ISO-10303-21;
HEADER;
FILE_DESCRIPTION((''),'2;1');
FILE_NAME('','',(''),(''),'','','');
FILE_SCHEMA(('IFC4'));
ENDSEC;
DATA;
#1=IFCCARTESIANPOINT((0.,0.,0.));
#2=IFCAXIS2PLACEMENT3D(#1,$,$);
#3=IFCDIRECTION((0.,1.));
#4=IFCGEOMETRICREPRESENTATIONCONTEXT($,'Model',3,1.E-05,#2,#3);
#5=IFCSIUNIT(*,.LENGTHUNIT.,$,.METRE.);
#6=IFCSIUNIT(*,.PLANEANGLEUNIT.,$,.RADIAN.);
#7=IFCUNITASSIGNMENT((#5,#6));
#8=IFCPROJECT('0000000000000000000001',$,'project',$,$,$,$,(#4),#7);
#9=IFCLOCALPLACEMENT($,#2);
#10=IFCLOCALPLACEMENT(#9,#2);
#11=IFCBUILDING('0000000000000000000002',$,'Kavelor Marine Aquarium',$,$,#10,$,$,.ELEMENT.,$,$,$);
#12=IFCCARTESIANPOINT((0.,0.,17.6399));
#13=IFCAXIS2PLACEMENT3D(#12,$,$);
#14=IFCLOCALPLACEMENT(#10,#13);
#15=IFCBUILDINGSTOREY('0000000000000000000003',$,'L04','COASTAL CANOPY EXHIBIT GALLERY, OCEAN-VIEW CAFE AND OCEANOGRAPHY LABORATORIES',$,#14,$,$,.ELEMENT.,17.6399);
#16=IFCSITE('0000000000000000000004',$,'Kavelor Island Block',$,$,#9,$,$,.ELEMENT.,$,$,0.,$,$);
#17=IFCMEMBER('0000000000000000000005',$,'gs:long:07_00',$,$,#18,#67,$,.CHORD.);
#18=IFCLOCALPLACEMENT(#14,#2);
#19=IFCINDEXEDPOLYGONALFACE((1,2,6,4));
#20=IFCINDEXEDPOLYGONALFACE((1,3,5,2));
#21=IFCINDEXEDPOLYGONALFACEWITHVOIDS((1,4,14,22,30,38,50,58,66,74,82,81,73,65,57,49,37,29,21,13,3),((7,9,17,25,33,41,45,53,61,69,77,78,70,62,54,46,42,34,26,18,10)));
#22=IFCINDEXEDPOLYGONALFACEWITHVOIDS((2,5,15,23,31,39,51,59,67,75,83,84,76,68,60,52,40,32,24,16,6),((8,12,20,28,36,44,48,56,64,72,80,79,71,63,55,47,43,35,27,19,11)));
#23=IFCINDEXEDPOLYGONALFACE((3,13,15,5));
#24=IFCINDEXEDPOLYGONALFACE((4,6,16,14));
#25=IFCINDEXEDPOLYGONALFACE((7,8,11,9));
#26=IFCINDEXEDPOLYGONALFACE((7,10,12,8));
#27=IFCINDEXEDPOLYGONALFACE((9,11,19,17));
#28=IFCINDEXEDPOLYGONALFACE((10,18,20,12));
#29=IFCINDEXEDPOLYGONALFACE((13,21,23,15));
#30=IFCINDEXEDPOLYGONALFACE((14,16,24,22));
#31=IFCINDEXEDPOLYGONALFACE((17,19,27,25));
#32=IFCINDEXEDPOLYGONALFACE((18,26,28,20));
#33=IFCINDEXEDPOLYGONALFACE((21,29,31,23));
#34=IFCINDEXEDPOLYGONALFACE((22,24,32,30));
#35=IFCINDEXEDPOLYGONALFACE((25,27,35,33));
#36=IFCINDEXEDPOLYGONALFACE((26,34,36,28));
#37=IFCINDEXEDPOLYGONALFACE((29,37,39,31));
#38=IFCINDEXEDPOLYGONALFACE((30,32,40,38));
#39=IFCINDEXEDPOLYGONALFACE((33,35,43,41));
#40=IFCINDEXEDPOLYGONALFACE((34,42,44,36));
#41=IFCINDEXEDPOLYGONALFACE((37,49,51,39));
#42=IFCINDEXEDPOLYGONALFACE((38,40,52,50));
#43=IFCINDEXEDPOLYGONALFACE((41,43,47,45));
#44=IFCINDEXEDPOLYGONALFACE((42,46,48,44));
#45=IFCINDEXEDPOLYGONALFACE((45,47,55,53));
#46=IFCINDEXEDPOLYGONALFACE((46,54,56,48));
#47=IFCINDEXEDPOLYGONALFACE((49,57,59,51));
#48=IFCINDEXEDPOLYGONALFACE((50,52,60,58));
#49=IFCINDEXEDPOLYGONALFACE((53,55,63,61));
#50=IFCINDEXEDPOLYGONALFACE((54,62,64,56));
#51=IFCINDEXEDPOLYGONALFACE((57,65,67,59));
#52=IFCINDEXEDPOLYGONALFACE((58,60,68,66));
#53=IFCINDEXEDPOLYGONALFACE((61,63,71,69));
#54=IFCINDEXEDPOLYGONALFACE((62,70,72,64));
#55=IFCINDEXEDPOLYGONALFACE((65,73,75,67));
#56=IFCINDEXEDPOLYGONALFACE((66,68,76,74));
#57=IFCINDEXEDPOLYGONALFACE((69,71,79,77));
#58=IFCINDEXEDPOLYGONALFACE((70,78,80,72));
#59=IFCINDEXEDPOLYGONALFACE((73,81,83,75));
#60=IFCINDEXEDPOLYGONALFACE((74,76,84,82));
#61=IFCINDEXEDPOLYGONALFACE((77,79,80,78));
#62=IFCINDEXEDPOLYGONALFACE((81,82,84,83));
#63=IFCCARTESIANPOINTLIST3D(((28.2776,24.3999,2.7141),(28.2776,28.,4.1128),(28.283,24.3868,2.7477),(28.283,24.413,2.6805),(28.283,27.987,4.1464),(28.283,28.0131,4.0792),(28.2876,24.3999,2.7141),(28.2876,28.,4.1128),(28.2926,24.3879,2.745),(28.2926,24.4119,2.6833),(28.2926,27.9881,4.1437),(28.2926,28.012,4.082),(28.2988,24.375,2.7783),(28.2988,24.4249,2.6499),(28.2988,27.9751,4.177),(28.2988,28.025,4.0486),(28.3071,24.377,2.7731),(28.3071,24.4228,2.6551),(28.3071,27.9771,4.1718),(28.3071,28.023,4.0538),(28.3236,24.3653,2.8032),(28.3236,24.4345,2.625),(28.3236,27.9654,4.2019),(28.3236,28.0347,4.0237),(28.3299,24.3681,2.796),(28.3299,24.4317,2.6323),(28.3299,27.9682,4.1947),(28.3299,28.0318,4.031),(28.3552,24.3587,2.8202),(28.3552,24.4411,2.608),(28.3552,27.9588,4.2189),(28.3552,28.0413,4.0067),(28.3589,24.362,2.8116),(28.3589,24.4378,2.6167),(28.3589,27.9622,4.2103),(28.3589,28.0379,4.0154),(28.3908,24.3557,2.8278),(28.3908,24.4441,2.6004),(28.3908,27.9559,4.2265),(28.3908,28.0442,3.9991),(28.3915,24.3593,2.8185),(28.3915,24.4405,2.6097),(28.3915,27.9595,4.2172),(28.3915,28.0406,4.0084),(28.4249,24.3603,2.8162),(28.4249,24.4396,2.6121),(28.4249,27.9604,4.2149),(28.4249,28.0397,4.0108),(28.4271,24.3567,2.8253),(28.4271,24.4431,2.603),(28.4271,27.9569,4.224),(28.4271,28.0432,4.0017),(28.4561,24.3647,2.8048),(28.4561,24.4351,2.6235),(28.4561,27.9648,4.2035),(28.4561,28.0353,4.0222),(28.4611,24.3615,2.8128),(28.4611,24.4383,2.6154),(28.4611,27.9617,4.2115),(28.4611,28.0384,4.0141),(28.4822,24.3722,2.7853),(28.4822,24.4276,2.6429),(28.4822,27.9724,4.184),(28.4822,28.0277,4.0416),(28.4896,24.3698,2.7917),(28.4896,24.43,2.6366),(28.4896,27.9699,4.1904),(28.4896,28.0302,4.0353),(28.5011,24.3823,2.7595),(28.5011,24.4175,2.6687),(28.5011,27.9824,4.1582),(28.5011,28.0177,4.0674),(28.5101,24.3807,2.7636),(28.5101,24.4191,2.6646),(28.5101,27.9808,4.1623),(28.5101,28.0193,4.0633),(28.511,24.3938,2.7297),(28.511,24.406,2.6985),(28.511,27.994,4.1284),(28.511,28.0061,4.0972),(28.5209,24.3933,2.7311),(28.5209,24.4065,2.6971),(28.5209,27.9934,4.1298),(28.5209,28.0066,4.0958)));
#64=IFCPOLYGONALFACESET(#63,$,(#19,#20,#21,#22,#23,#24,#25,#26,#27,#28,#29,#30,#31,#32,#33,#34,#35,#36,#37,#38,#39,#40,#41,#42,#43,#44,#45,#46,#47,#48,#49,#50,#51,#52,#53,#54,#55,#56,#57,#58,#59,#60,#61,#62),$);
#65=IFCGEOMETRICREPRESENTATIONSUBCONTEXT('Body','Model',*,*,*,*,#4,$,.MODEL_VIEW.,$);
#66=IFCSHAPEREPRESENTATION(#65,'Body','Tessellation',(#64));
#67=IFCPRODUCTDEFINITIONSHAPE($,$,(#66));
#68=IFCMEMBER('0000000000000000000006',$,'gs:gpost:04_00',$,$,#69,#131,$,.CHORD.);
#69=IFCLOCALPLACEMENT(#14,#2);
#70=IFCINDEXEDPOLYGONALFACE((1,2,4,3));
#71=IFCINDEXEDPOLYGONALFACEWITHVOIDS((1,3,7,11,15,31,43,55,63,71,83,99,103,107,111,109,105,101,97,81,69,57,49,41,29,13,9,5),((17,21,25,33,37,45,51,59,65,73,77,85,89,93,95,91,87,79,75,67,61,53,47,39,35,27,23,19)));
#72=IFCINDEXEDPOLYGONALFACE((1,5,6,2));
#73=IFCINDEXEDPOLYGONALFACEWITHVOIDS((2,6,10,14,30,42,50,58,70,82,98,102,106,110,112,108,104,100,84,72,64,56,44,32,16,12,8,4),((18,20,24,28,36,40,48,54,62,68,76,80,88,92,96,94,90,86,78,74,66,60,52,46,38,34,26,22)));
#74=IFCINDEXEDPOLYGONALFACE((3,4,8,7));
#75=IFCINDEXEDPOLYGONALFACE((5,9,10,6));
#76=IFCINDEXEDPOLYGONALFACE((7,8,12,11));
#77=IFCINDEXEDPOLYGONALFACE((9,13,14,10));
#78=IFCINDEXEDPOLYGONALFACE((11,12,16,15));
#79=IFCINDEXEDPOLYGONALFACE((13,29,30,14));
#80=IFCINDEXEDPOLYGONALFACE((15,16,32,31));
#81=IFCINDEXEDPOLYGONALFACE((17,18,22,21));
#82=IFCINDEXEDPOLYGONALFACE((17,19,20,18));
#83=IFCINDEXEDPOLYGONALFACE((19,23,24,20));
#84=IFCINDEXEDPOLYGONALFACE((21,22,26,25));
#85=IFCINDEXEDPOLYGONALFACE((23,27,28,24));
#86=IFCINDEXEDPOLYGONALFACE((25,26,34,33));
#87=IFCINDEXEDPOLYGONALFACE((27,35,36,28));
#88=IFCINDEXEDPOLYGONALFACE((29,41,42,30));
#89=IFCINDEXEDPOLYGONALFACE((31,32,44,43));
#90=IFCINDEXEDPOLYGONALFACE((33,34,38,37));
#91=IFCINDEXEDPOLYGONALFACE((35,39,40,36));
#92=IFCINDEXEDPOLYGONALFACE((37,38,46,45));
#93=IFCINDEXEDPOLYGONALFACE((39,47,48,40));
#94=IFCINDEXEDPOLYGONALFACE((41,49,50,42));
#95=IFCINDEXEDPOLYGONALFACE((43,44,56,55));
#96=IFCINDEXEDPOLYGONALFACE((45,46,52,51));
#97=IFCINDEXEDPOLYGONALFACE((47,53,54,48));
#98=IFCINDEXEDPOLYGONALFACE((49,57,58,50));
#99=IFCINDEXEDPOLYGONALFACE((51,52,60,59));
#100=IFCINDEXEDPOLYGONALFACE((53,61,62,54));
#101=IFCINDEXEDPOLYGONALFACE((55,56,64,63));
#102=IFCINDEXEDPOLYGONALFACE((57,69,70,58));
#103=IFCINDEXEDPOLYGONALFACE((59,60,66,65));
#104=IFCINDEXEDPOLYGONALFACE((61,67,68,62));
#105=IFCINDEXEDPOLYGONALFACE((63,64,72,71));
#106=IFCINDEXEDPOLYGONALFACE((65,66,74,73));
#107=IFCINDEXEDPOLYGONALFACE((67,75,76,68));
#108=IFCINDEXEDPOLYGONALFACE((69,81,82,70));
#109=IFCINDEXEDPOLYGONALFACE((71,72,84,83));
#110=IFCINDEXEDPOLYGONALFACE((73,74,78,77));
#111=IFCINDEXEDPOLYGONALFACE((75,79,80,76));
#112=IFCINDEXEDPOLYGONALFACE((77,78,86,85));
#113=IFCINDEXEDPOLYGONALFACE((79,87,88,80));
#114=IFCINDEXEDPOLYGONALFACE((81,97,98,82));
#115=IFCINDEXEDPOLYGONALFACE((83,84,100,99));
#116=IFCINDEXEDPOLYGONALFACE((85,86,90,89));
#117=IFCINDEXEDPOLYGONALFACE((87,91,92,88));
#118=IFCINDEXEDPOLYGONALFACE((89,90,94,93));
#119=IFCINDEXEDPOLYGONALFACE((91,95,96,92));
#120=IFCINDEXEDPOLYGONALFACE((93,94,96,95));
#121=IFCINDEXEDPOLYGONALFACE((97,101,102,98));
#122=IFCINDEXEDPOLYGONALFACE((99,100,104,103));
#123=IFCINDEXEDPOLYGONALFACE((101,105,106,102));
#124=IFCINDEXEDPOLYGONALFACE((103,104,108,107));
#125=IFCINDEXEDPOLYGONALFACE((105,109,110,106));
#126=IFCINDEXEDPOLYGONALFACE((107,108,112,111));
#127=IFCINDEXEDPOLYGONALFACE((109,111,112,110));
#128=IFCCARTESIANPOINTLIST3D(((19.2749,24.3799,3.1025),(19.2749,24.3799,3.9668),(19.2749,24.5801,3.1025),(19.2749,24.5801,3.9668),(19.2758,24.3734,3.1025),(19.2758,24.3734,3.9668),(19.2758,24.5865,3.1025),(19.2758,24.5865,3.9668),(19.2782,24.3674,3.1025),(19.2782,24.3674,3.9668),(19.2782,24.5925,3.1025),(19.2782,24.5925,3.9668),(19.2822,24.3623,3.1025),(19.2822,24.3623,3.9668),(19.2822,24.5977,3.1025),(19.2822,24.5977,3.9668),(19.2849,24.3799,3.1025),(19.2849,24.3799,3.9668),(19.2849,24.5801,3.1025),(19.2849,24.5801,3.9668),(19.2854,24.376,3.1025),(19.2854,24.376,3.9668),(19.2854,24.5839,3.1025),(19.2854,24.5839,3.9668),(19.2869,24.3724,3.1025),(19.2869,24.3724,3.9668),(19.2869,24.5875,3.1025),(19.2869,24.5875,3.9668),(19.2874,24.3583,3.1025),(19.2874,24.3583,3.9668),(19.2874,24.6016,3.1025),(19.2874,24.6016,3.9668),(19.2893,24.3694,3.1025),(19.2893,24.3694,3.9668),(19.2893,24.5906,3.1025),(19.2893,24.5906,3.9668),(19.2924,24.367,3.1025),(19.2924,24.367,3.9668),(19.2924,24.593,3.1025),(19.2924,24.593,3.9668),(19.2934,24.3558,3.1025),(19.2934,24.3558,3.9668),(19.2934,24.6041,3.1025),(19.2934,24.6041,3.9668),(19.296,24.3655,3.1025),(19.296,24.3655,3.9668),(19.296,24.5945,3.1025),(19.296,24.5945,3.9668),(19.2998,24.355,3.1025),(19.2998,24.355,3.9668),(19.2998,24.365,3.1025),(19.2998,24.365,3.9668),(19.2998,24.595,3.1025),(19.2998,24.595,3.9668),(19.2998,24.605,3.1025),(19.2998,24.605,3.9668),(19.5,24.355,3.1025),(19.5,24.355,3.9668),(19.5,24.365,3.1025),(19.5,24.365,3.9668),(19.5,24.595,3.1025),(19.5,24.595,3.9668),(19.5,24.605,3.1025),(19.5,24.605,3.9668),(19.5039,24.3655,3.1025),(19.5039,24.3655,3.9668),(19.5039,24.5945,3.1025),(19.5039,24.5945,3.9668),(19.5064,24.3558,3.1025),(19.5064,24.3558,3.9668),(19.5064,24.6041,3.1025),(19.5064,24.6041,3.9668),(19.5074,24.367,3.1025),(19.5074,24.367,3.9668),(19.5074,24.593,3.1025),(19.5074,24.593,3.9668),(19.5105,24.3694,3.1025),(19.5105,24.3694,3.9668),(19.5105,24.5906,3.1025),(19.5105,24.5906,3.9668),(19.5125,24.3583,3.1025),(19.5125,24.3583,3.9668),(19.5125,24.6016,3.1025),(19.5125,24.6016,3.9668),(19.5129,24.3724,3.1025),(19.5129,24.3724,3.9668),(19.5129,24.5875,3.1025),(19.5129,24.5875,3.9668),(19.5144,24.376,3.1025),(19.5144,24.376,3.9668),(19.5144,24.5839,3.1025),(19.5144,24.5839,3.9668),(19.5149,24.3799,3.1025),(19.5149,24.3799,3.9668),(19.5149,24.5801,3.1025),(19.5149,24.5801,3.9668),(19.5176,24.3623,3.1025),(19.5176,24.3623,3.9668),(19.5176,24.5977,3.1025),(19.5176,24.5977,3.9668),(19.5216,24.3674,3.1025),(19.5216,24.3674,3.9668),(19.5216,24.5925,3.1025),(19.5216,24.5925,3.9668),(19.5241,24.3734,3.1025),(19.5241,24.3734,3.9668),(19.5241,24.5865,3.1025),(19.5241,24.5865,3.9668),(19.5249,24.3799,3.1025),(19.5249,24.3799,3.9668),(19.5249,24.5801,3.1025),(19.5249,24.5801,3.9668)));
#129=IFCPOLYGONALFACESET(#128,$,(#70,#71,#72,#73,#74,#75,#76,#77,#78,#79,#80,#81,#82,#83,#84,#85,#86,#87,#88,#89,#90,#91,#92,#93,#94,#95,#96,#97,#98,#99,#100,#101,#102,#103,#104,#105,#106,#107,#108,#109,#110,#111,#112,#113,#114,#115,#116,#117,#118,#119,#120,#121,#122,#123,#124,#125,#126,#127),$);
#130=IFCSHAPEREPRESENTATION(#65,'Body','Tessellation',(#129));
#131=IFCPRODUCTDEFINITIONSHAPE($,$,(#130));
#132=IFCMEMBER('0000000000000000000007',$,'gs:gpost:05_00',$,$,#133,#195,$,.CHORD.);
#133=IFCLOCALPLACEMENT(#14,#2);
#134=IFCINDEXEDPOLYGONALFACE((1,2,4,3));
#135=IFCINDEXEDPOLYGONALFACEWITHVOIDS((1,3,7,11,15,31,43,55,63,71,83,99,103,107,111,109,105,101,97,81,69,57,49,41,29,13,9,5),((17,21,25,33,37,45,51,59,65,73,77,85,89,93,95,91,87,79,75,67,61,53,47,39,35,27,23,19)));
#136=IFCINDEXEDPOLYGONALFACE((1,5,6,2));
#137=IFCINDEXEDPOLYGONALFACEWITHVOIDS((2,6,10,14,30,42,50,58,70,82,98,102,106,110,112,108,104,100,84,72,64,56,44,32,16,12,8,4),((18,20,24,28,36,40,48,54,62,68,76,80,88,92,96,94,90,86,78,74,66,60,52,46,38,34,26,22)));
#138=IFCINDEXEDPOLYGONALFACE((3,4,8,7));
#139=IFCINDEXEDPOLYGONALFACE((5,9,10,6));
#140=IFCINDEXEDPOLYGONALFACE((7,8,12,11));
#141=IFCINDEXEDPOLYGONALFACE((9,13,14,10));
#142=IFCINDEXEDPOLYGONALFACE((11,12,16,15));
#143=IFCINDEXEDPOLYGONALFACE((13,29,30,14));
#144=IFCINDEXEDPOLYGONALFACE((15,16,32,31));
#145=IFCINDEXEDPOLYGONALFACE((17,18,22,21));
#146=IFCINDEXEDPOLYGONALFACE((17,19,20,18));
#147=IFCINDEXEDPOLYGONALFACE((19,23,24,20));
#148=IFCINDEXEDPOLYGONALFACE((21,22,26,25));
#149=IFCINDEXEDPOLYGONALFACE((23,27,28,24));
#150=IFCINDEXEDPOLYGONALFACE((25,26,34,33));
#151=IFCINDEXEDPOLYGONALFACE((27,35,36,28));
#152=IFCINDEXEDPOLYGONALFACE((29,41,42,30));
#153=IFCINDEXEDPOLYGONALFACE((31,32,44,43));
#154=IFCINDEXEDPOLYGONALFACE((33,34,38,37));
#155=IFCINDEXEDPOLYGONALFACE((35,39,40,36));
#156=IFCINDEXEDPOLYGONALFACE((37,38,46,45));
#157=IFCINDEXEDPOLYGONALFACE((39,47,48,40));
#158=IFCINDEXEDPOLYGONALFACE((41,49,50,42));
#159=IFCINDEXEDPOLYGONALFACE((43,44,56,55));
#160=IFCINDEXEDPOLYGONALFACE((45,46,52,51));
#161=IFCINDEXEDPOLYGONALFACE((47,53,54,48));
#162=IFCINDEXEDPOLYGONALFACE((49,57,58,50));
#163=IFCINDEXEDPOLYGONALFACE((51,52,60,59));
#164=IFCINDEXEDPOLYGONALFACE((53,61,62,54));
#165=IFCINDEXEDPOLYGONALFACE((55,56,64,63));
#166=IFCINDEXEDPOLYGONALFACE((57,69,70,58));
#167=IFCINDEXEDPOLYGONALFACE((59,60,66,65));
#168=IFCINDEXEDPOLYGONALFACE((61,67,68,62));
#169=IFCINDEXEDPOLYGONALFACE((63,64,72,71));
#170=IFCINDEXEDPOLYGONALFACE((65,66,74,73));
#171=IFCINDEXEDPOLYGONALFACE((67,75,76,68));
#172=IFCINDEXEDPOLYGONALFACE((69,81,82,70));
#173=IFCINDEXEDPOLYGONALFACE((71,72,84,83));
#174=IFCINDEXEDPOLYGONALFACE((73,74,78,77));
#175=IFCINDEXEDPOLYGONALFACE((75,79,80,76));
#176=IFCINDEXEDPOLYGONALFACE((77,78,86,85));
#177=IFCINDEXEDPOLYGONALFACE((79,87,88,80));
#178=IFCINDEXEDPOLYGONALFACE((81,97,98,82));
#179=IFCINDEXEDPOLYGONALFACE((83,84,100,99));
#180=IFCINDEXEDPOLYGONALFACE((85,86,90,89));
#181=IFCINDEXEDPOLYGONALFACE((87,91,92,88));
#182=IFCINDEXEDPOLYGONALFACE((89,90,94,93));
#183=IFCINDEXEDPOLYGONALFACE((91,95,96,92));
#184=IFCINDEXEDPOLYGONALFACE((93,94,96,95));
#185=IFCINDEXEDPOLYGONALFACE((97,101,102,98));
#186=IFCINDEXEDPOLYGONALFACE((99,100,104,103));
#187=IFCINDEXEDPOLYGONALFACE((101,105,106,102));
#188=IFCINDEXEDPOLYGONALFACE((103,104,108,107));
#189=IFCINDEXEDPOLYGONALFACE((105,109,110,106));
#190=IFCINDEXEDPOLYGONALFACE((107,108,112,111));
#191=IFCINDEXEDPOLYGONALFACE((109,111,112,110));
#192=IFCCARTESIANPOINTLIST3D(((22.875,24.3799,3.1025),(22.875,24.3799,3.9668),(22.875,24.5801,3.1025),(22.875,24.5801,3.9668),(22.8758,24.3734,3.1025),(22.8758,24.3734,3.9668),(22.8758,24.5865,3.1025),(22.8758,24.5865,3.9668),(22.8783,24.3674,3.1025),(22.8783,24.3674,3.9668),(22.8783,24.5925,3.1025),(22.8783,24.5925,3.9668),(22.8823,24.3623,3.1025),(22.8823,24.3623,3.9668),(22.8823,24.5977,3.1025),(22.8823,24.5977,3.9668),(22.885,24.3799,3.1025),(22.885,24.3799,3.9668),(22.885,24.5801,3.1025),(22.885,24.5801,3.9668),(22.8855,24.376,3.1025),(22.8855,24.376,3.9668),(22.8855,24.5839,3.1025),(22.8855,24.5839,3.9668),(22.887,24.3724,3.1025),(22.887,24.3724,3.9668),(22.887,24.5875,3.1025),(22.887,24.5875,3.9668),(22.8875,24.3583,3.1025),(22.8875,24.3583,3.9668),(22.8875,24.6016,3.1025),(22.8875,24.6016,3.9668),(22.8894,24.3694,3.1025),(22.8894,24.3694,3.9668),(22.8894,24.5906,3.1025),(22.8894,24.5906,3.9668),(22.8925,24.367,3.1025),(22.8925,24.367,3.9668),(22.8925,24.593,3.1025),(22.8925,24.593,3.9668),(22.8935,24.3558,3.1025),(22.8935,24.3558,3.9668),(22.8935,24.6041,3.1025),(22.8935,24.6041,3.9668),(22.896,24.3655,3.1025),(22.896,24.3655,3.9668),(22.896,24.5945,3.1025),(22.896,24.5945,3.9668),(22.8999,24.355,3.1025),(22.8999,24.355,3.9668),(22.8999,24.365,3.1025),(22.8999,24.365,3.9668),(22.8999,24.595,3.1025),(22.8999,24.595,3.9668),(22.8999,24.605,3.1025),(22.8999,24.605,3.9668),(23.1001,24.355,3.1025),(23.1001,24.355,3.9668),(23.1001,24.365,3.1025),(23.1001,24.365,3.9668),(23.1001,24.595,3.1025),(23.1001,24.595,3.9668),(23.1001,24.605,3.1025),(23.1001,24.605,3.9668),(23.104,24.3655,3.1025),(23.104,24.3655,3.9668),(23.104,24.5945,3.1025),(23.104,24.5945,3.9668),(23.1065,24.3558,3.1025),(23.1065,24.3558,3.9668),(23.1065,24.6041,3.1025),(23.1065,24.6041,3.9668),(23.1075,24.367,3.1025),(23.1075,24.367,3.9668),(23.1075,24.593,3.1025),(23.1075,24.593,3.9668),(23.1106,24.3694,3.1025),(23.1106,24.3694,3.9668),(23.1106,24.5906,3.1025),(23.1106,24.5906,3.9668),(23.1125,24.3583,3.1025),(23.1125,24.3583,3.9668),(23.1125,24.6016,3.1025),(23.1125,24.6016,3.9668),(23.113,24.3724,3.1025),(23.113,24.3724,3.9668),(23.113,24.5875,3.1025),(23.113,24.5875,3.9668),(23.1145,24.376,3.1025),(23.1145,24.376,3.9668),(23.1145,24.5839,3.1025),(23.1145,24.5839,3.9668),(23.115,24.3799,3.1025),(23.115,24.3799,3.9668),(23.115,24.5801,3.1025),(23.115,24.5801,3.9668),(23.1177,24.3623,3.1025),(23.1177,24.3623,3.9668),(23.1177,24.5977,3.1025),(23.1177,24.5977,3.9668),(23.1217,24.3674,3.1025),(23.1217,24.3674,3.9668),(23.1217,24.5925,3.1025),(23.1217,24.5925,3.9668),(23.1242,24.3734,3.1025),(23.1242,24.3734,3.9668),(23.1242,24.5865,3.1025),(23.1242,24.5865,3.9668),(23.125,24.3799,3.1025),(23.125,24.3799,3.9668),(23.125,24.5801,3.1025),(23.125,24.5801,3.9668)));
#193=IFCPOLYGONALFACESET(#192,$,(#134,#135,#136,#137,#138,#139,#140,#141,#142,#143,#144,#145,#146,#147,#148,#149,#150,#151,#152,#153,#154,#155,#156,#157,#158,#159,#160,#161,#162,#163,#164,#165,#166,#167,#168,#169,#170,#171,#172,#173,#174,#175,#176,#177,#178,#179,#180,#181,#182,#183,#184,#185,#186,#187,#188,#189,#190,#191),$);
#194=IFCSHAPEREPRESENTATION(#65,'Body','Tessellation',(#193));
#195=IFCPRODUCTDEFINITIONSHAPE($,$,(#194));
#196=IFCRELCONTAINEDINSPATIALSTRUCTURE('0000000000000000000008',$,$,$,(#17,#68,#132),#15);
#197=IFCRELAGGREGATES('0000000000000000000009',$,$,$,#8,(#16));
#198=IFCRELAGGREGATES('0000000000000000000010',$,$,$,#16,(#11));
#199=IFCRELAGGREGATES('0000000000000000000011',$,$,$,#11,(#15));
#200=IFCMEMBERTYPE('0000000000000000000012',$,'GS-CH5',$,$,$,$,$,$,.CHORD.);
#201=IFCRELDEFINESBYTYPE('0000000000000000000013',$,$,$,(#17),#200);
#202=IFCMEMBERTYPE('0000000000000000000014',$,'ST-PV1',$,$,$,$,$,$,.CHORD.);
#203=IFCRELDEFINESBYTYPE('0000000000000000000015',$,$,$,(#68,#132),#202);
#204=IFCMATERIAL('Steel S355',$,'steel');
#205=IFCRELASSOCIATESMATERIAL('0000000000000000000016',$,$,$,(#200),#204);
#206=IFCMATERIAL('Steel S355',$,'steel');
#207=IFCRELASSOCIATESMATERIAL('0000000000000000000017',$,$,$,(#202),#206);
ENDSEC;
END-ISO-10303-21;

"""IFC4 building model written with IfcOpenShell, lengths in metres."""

from ifc_helpers import new_model, si_unit, direction, frame, origin, origin_2d, place, context, subcontext, project, spatial, hollow_rectangle, hollow_circle, extrude, material, material_profile, profile_set, type_object, element, save


model = new_model("IFC4")

# Units and contexts
model_context = context("Model", 3, precision=1e-05, world=origin(), true_north=direction((0.0, 1.0)))
body_context = subcontext(model_context, "Body", "Model", "MODEL_VIEW")
ifc_project = project(units=[si_unit("LENGTHUNIT", "METRE"), si_unit("PLANEANGLEUNIT", "RADIAN")], contexts=[model_context])

# Site, building, storey
site_placement = place(None, origin())
site = spatial("IfcSite", under=ifc_project, at=site_placement, Name="Kavelor Island Block", CompositionType="ELEMENT", RefElevation=0.0)
building_placement = place(site_placement, origin())
building = spatial("IfcBuilding", under=site, at=building_placement, Name="Kavelor Marine Aquarium", CompositionType="ELEMENT")
storey_placement = place(building_placement, frame((0.0, 0.0, 17.6399)))
storey = spatial("IfcBuildingStorey", under=building, at=storey_placement, Name="L04", Description="COASTAL CANOPY EXHIBIT GALLERY, OCEAN-VIEW CAFE AND OCEANOGRAPHY LABORATORIES", CompositionType="ELEMENT", Elevation=17.6399)

# Members
ifc_material_1 = material(Name="Steel S355", Category="steel")
ifc_material_profile_1 = material_profile(ifc_material_1, hollow_circle(Radius=0.1223, WallThickness=0.01, at=origin_2d()), Name="CHS 244.5x10.0")
ifc_profile_set_1 = profile_set([ifc_material_profile_1], Name="Steel S355")
member_type_1 = type_object("IfcMemberType", Name="GS-CH5", PredefinedType="CHORD", material=ifc_profile_set_1)
member_1_placement = place(storey_placement, frame((28.3999, 24.3999, 2.7141), z_axis=(0.0, 0.932123, 0.362141), x_axis=(-1.0, 0.0, 0.0)))
element("IfcMember", 1, at=member_1_placement, inside=storey, type_object=member_type_1, Name="gs:long:07_00", PredefinedType="CHORD", context=body_context, shape_type="SweptSolid", body=[
    extrude(hollow_circle(Radius=0.1223, WallThickness=0.01, at=origin_2d()), origin(), (0.0, 0.0, 1.0), 3.8623),
])
ifc_material_2 = material(Name="Steel S355", Category="steel")
ifc_material_profile_2 = material_profile(ifc_material_2, hollow_rectangle(XDim=0.25, YDim=0.25, WallThickness=0.01, InnerFilletRadius=0.0149, OuterFilletRadius=0.0249, at=origin_2d()), Name="SHS 250x250x10.0")
ifc_profile_set_2 = profile_set([ifc_material_profile_2], Name="Steel S355")
member_type_2 = type_object("IfcMemberType", Name="ST-PV1", PredefinedType="CHORD", material=ifc_profile_set_2)
for number, where, z_axis, x_axis, name in (
    (2, (19.3999, 24.48, 3.1025), (0.0, 0.0, 1.0), (1.0, 0.0, 0.0), "gs:gpost:04_00"),
    (3, (23.0, 24.48, 3.1025), (0.0, 0.0, 1.0), (1.0, 0.0, 0.0), "gs:gpost:05_00"),
):
    element("IfcMember", number, at=place(storey_placement, frame(where, z_axis=z_axis, x_axis=x_axis)), inside=storey, type_object=member_type_2, Name=name, PredefinedType="CHORD", context=body_context, shape_type="SweptSolid", body=[
        extrude(hollow_rectangle(XDim=0.25, YDim=0.25, WallThickness=0.01, InnerFilletRadius=0.0149, OuterFilletRadius=0.0249, at=origin_2d()), origin(), (0.0, 0.0, 1.0), 0.8643),
    ])

save(model, "model.ifc")
